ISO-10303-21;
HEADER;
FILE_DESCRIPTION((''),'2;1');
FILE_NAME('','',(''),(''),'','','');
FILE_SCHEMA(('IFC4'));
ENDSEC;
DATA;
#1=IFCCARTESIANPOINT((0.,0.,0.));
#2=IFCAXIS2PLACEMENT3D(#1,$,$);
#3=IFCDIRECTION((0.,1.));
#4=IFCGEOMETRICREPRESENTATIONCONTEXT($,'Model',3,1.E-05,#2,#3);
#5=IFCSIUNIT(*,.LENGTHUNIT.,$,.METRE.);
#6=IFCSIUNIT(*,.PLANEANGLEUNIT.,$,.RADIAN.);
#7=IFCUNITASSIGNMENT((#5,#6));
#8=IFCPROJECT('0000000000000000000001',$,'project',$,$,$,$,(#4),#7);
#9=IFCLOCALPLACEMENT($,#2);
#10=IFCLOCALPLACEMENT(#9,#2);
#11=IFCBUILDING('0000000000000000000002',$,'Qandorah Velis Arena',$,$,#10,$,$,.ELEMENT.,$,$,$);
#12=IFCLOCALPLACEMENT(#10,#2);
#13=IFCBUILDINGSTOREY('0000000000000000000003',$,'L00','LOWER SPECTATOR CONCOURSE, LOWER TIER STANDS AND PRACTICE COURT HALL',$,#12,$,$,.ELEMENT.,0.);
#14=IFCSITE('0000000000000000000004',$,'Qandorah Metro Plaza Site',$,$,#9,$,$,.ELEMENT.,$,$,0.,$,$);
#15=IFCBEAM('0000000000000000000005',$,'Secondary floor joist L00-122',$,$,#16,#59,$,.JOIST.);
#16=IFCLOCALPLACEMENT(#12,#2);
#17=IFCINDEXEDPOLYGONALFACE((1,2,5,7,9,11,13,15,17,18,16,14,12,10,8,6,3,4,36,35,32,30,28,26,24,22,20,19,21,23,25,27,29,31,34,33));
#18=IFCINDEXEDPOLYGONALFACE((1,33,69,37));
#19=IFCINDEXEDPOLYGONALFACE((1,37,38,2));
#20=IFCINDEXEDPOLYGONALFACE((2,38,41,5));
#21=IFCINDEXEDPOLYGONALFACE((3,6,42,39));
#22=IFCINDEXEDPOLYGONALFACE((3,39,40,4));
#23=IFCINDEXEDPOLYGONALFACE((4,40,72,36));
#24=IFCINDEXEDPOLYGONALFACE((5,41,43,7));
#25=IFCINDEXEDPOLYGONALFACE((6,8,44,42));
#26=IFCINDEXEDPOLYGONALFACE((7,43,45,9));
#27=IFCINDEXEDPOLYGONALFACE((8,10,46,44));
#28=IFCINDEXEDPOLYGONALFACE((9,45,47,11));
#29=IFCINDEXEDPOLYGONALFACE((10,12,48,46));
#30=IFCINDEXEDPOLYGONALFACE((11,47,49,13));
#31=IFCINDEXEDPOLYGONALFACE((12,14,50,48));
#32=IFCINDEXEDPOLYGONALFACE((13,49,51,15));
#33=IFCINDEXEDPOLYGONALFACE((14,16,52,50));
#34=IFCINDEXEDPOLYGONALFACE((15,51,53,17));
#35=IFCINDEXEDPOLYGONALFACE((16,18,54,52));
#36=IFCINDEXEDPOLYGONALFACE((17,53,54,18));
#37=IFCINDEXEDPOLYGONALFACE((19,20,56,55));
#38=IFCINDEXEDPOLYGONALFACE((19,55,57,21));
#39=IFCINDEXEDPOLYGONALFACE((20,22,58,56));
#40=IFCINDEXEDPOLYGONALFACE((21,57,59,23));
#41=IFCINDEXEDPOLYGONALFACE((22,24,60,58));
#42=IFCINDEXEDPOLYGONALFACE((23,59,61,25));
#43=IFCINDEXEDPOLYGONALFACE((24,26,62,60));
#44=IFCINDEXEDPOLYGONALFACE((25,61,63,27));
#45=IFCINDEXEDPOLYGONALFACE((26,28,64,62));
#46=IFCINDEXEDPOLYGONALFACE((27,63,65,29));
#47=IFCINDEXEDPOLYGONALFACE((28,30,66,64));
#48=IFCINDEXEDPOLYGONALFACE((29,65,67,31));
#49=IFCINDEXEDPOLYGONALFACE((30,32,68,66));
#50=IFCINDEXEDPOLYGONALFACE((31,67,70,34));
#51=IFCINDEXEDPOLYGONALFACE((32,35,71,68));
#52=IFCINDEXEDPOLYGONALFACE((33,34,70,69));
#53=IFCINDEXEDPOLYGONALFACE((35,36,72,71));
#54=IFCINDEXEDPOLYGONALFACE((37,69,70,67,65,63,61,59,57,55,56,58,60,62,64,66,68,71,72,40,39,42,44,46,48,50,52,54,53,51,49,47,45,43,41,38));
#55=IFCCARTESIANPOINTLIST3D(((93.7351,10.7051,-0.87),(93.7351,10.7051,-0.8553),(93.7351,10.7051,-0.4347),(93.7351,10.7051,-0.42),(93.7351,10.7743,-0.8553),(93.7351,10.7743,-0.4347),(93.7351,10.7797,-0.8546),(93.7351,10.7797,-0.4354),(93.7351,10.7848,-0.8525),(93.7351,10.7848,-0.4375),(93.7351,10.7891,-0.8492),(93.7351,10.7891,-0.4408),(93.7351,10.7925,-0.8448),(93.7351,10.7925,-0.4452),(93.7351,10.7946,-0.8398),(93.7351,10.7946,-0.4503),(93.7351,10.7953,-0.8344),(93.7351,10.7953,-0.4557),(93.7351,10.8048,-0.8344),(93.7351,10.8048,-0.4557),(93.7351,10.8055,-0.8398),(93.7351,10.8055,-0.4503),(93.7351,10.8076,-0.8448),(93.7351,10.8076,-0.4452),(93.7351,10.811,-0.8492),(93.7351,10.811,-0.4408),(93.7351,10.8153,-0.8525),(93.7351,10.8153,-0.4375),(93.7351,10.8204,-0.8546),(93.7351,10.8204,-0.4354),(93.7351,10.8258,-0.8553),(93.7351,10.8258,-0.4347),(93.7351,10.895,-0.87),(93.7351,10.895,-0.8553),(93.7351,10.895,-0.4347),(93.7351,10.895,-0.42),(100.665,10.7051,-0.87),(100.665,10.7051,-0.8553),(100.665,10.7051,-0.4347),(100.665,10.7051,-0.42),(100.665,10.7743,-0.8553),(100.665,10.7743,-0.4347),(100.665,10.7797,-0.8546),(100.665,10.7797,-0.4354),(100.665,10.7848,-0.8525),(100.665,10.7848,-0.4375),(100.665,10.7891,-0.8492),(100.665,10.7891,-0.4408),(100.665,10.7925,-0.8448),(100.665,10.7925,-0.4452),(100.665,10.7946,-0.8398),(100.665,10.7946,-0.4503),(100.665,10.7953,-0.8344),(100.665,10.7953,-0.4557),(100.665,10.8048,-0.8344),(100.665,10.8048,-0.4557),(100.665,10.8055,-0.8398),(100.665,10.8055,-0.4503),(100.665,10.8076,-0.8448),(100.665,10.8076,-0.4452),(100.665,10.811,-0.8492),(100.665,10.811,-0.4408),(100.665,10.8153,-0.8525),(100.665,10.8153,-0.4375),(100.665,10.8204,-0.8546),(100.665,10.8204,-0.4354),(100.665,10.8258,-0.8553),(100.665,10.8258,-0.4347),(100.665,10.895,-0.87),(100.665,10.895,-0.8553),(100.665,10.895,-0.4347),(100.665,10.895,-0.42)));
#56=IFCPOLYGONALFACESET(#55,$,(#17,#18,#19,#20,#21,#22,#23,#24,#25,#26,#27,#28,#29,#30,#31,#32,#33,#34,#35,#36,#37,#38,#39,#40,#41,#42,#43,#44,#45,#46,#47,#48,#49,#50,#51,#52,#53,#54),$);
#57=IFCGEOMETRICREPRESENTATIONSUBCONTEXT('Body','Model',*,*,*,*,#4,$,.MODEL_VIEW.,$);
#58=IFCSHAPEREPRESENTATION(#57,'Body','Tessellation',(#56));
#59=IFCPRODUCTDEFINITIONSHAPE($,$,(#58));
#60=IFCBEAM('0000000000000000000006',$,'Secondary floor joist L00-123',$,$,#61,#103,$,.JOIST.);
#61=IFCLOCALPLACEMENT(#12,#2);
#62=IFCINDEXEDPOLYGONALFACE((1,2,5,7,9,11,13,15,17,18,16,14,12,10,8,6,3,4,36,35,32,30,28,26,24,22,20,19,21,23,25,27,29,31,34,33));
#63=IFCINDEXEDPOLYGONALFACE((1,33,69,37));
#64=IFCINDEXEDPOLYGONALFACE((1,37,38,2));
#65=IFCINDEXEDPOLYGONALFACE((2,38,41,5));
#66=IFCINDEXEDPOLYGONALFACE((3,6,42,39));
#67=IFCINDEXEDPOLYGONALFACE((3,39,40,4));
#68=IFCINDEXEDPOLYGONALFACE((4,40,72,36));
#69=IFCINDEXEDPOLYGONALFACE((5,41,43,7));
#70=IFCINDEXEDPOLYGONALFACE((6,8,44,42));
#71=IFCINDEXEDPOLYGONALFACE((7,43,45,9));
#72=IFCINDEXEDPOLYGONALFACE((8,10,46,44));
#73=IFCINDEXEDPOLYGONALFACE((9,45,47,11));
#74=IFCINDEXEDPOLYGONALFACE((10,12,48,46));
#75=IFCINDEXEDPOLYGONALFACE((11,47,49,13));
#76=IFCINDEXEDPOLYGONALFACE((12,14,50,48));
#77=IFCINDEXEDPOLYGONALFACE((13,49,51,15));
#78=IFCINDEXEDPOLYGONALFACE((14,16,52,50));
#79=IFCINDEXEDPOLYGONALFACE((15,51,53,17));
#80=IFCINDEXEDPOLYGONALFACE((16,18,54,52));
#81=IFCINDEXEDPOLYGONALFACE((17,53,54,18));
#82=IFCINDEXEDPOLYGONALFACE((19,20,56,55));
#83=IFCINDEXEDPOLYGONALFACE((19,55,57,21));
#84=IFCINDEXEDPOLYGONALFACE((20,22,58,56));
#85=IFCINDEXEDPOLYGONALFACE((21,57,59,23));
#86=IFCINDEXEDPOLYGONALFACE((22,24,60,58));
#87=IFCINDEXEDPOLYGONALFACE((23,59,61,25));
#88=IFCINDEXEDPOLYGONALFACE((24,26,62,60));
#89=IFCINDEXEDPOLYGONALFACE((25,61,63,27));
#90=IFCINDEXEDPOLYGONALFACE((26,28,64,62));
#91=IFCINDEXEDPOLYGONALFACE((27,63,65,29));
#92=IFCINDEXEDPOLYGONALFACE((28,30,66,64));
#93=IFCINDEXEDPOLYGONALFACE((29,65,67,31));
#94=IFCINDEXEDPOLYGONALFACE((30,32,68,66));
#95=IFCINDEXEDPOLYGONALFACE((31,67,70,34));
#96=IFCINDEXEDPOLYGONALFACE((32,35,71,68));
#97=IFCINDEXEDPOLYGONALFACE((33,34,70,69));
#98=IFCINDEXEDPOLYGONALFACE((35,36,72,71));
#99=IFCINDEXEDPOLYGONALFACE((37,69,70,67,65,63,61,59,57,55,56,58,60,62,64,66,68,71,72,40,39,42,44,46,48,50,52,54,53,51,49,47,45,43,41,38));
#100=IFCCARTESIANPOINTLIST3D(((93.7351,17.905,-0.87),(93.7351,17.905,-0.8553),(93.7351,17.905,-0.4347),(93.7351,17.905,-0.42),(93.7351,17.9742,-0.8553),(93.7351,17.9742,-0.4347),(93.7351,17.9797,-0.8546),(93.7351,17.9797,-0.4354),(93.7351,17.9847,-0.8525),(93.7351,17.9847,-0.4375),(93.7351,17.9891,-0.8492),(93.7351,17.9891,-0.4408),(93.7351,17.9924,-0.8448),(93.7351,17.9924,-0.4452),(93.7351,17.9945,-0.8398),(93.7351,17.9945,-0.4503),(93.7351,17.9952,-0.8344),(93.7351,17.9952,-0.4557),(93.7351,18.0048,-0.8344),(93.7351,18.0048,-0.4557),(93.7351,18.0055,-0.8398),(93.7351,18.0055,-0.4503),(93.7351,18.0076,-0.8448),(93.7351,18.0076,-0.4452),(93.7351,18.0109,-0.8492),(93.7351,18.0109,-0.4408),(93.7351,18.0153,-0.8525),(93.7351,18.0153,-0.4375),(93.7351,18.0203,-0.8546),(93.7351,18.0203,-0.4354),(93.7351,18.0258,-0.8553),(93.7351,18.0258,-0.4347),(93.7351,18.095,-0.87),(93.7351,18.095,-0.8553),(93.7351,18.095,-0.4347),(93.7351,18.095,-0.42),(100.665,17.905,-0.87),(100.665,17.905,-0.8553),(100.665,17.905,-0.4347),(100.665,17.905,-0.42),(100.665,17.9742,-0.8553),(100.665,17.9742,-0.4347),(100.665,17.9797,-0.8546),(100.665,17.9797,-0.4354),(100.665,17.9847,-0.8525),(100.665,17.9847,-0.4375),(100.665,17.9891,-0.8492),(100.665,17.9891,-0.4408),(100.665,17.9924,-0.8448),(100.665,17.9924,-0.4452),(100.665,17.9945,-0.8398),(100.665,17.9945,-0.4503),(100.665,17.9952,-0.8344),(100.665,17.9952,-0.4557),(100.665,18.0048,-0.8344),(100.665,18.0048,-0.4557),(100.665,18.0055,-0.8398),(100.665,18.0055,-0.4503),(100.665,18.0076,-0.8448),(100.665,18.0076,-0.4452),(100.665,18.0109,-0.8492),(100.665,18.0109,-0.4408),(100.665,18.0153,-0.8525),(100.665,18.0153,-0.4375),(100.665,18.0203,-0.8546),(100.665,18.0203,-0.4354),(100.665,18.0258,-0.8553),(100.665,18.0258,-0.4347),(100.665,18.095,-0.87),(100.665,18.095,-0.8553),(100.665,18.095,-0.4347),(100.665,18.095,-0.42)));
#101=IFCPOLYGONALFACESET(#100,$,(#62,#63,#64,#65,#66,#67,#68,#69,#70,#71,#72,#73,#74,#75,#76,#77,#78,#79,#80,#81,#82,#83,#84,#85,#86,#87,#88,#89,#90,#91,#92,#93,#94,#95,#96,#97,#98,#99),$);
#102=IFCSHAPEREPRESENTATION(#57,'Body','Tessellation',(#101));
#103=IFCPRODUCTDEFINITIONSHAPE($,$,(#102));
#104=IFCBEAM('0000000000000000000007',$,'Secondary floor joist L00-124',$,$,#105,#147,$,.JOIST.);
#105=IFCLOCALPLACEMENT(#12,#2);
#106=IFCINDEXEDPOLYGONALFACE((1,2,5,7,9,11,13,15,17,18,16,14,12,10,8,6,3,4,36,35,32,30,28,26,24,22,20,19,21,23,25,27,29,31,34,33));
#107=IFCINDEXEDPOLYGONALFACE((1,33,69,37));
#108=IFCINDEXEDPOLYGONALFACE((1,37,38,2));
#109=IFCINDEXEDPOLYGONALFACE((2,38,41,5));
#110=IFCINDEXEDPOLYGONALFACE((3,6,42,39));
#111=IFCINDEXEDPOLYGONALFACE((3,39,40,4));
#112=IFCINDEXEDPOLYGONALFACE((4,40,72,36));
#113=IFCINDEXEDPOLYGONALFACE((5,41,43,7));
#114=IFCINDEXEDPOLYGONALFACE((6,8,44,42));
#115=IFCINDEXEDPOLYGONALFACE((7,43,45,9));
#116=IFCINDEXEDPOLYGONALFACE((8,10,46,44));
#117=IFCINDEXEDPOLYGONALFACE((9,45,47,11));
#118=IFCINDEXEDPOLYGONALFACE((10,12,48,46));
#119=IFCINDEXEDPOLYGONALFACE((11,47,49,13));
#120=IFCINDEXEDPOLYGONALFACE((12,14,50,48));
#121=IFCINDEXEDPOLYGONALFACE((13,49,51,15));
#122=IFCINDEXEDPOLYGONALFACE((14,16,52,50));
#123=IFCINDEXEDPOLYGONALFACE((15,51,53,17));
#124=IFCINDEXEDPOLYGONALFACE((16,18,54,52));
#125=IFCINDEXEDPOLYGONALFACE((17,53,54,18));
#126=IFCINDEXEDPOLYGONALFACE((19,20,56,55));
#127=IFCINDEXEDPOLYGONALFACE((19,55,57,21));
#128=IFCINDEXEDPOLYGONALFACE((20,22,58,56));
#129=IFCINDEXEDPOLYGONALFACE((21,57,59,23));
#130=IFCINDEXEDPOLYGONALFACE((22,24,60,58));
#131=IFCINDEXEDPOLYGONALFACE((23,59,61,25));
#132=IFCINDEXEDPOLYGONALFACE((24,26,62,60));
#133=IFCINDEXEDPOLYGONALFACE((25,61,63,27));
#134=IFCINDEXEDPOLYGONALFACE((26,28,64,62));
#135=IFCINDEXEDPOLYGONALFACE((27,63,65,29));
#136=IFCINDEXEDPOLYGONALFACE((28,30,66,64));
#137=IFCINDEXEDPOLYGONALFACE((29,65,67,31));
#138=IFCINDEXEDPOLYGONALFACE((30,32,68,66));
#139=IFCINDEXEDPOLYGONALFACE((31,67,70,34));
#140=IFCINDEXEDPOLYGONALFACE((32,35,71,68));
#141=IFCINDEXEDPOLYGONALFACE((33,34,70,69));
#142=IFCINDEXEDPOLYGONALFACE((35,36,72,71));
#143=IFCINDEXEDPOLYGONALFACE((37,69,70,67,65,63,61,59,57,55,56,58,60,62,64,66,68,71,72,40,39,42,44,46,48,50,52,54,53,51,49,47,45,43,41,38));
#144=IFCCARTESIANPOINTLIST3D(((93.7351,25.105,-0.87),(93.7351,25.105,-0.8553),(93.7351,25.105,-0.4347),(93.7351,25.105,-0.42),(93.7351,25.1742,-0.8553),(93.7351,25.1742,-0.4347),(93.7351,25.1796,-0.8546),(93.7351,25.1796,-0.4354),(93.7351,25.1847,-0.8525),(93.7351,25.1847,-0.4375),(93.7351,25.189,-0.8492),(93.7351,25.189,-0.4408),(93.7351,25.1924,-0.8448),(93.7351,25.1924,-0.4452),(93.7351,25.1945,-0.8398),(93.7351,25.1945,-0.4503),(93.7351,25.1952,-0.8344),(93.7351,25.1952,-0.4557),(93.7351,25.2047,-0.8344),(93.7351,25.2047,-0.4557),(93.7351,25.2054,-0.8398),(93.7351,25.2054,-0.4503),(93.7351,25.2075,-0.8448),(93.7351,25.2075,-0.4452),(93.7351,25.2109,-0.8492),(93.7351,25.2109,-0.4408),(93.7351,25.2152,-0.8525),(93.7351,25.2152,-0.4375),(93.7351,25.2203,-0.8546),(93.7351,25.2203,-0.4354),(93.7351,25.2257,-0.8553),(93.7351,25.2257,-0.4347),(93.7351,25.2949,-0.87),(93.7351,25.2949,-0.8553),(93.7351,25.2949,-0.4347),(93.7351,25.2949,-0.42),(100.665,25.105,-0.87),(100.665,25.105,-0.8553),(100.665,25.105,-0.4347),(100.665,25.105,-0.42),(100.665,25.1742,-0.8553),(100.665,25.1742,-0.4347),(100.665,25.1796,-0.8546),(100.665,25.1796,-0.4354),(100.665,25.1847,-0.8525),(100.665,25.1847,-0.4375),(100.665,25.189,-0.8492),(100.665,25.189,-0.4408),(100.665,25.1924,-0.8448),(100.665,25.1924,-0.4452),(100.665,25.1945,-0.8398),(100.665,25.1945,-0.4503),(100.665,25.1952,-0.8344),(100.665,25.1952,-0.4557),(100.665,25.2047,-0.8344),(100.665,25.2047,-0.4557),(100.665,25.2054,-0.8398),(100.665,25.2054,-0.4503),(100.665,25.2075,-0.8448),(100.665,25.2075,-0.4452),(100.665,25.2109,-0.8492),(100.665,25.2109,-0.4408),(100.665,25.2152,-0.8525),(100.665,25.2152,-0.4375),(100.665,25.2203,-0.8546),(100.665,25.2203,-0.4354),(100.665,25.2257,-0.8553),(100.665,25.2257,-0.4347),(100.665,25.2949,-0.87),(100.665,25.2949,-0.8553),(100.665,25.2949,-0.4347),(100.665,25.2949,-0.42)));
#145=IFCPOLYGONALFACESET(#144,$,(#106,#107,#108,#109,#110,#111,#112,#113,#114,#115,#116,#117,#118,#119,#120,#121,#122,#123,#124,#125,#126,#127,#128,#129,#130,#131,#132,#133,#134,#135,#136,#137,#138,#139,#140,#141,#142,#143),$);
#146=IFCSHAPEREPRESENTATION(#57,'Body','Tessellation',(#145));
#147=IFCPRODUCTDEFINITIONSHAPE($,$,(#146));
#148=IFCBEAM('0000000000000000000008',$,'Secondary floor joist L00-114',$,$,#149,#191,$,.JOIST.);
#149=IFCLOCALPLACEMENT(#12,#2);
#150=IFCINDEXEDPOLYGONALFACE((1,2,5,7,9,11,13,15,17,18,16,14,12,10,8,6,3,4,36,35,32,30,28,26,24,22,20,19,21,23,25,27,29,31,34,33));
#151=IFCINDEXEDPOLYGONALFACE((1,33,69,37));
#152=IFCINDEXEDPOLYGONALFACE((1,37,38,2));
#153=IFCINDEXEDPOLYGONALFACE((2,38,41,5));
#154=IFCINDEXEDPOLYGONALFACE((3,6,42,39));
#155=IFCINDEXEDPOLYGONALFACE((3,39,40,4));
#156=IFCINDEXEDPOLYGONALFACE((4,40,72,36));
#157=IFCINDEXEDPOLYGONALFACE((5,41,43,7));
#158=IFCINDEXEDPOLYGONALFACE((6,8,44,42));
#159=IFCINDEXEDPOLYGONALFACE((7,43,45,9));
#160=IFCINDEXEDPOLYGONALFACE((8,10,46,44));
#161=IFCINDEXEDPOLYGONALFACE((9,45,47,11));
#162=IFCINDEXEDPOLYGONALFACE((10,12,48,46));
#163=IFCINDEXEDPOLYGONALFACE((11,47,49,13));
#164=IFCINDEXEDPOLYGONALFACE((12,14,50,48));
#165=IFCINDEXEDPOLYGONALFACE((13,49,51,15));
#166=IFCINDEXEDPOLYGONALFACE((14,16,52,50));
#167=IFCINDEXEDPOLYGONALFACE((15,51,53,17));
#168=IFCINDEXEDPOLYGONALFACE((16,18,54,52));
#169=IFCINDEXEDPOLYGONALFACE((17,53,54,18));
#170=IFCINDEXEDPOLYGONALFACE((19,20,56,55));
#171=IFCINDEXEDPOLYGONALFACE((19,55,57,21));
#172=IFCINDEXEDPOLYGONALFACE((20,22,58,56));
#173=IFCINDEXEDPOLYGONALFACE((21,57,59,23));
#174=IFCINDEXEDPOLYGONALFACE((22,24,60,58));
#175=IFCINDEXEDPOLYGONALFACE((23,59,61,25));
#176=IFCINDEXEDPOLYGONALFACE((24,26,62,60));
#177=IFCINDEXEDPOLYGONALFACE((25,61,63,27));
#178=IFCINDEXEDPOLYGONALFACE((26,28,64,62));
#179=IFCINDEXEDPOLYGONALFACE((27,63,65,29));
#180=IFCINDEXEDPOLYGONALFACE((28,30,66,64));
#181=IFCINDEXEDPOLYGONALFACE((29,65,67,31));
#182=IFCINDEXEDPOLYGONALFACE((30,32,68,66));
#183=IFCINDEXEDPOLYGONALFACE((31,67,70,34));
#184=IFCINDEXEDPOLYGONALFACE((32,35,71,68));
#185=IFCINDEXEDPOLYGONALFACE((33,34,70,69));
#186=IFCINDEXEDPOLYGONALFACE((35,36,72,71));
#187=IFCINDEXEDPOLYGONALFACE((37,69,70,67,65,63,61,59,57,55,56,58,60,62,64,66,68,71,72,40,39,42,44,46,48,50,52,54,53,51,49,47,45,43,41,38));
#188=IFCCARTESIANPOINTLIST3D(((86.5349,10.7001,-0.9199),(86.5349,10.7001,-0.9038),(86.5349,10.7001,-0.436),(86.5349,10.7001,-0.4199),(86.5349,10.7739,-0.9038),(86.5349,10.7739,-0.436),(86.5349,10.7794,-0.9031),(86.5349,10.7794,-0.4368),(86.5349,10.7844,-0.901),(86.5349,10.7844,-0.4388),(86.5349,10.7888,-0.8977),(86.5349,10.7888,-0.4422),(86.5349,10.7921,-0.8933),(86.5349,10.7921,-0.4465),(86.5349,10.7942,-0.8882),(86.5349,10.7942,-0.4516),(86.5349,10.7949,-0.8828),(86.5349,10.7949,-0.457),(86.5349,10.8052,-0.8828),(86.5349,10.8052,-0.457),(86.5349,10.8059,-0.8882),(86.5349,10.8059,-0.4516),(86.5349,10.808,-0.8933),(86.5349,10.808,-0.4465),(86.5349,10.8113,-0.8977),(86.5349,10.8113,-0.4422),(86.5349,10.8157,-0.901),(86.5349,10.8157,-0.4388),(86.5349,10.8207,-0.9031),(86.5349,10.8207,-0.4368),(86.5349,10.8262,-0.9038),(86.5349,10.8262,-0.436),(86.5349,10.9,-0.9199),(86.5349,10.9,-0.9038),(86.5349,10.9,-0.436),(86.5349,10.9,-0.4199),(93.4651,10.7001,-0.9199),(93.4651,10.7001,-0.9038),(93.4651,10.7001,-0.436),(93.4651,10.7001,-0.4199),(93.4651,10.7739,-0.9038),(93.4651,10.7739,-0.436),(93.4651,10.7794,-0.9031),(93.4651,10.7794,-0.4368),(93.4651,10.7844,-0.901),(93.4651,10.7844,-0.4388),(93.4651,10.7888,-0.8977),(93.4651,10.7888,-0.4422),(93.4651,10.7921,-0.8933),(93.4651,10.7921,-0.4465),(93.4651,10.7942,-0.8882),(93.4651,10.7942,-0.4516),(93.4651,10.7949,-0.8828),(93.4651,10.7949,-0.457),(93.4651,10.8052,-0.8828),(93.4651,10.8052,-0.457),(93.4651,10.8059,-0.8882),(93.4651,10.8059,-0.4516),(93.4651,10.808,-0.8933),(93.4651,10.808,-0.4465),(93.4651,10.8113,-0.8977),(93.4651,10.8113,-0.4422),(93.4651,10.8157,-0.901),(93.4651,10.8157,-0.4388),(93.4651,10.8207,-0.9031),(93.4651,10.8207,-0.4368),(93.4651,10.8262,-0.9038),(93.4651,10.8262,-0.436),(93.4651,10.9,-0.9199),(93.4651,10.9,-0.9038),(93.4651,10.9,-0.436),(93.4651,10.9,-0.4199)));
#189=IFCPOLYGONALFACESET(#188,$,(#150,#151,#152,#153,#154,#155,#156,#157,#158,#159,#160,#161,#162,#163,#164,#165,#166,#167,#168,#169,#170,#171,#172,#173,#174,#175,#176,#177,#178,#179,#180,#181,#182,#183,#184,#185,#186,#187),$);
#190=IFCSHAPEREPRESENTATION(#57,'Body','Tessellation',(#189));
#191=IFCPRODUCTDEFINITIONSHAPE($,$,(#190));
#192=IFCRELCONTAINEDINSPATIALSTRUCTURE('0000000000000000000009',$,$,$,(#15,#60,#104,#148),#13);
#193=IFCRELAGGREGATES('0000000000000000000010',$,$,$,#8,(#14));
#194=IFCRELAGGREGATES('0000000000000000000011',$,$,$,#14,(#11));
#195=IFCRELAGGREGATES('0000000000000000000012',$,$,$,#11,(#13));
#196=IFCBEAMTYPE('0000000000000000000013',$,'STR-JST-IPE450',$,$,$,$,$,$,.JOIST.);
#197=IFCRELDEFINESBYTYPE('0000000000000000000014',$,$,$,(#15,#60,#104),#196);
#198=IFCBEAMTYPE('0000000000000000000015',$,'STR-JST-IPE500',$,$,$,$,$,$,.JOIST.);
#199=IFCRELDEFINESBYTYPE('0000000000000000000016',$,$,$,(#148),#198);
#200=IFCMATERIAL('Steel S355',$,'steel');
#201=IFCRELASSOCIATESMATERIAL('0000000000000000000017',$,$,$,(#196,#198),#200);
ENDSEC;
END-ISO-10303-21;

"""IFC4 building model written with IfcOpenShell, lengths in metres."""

from ifc_helpers import new_model, si_unit, direction, frame, origin, origin_2d, place, context, subcontext, project, spatial, i_section, extrude, material, material_profile, profile_set, type_object, element, save


model = new_model("IFC4")

# Units and contexts
model_context = context("Model", 3, precision=1e-05, world=origin(), true_north=direction((0.0, 1.0)))
body_context = subcontext(model_context, "Body", "Model", "MODEL_VIEW")
ifc_project = project(units=[si_unit("LENGTHUNIT", "METRE"), si_unit("PLANEANGLEUNIT", "RADIAN")], contexts=[model_context])

# Site, building, storey
site_placement = place(None, origin())
site = spatial("IfcSite", under=ifc_project, at=site_placement, Name="Qandorah Metro Plaza Site", CompositionType="ELEMENT", RefElevation=0.0)
building_placement = place(site_placement, origin())
building = spatial("IfcBuilding", under=site, at=building_placement, Name="Qandorah Velis Arena", CompositionType="ELEMENT")
storey_placement = place(building_placement, origin())
storey = spatial("IfcBuildingStorey", under=building, at=storey_placement, Name="L00", Description="LOWER SPECTATOR CONCOURSE, LOWER TIER STANDS AND PRACTICE COURT HALL", CompositionType="ELEMENT", Elevation=0.0)

# Beams
ifc_material_1 = material(Name="Steel S355", Category="steel")
ifc_material_profile_1 = material_profile(ifc_material_1, i_section(OverallWidth=0.1899, OverallDepth=0.45, WebThickness=0.0095, FlangeThickness=0.0146, FilletRadius=0.021, at=origin_2d()), Name="IPE 450")
ifc_profile_set_1 = profile_set([ifc_material_profile_1], Name="Steel S355")
beam_type_1 = type_object("IfcBeamType", Name="STR-JST-IPE450", PredefinedType="JOIST", material=ifc_profile_set_1)
for number, where, z_axis, x_axis, name in (
    (1, (93.7351, 10.8, -0.645), (1.0, 0.0, 0.0), (0.0, 1.0, 0.0), "Secondary floor joist L00-122"),
    (2, (93.7351, 18.0, -0.645), (1.0, 0.0, 0.0), (0.0, 1.0, 0.0), "Secondary floor joist L00-123"),
    (3, (93.7351, 25.2, -0.645), (1.0, 0.0, 0.0), (0.0, 1.0, 0.0), "Secondary floor joist L00-124"),
):
    element("IfcBeam", number, at=place(storey_placement, frame(where, z_axis=z_axis, x_axis=x_axis)), inside=storey, type_object=beam_type_1, Name=name, PredefinedType="JOIST", context=body_context, shape_type="SweptSolid", body=[
        extrude(i_section(OverallWidth=0.1899, OverallDepth=0.45, WebThickness=0.0095, FlangeThickness=0.0146, FilletRadius=0.021, at=origin_2d()), origin(), (0.0, 0.0, 1.0), 6.9299),
    ])
ifc_material_profile_2 = material_profile(ifc_material_1, i_section(OverallWidth=0.2, OverallDepth=0.5, WebThickness=0.0103, FlangeThickness=0.0161, FilletRadius=0.021, at=origin_2d()), Name="IPE 500")
ifc_profile_set_2 = profile_set([ifc_material_profile_2], Name="Steel S355")
beam_type_2 = type_object("IfcBeamType", Name="STR-JST-IPE500", PredefinedType="JOIST", material=ifc_profile_set_2)
beam_1_placement = place(storey_placement, frame((86.5349, 10.8, -0.6699), z_axis=(1.0, 0.0, 0.0), x_axis=(0.0, 1.0, 0.0)))
element("IfcBeam", 4, at=beam_1_placement, inside=storey, type_object=beam_type_2, Name="Secondary floor joist L00-114", PredefinedType="JOIST", context=body_context, shape_type="SweptSolid", body=[
    extrude(i_section(OverallWidth=0.2, OverallDepth=0.5, WebThickness=0.0103, FlangeThickness=0.0161, FilletRadius=0.021, at=origin_2d()), origin(), (0.0, 0.0, 1.0), 6.9302),
])

save(model, "model.ifc")
